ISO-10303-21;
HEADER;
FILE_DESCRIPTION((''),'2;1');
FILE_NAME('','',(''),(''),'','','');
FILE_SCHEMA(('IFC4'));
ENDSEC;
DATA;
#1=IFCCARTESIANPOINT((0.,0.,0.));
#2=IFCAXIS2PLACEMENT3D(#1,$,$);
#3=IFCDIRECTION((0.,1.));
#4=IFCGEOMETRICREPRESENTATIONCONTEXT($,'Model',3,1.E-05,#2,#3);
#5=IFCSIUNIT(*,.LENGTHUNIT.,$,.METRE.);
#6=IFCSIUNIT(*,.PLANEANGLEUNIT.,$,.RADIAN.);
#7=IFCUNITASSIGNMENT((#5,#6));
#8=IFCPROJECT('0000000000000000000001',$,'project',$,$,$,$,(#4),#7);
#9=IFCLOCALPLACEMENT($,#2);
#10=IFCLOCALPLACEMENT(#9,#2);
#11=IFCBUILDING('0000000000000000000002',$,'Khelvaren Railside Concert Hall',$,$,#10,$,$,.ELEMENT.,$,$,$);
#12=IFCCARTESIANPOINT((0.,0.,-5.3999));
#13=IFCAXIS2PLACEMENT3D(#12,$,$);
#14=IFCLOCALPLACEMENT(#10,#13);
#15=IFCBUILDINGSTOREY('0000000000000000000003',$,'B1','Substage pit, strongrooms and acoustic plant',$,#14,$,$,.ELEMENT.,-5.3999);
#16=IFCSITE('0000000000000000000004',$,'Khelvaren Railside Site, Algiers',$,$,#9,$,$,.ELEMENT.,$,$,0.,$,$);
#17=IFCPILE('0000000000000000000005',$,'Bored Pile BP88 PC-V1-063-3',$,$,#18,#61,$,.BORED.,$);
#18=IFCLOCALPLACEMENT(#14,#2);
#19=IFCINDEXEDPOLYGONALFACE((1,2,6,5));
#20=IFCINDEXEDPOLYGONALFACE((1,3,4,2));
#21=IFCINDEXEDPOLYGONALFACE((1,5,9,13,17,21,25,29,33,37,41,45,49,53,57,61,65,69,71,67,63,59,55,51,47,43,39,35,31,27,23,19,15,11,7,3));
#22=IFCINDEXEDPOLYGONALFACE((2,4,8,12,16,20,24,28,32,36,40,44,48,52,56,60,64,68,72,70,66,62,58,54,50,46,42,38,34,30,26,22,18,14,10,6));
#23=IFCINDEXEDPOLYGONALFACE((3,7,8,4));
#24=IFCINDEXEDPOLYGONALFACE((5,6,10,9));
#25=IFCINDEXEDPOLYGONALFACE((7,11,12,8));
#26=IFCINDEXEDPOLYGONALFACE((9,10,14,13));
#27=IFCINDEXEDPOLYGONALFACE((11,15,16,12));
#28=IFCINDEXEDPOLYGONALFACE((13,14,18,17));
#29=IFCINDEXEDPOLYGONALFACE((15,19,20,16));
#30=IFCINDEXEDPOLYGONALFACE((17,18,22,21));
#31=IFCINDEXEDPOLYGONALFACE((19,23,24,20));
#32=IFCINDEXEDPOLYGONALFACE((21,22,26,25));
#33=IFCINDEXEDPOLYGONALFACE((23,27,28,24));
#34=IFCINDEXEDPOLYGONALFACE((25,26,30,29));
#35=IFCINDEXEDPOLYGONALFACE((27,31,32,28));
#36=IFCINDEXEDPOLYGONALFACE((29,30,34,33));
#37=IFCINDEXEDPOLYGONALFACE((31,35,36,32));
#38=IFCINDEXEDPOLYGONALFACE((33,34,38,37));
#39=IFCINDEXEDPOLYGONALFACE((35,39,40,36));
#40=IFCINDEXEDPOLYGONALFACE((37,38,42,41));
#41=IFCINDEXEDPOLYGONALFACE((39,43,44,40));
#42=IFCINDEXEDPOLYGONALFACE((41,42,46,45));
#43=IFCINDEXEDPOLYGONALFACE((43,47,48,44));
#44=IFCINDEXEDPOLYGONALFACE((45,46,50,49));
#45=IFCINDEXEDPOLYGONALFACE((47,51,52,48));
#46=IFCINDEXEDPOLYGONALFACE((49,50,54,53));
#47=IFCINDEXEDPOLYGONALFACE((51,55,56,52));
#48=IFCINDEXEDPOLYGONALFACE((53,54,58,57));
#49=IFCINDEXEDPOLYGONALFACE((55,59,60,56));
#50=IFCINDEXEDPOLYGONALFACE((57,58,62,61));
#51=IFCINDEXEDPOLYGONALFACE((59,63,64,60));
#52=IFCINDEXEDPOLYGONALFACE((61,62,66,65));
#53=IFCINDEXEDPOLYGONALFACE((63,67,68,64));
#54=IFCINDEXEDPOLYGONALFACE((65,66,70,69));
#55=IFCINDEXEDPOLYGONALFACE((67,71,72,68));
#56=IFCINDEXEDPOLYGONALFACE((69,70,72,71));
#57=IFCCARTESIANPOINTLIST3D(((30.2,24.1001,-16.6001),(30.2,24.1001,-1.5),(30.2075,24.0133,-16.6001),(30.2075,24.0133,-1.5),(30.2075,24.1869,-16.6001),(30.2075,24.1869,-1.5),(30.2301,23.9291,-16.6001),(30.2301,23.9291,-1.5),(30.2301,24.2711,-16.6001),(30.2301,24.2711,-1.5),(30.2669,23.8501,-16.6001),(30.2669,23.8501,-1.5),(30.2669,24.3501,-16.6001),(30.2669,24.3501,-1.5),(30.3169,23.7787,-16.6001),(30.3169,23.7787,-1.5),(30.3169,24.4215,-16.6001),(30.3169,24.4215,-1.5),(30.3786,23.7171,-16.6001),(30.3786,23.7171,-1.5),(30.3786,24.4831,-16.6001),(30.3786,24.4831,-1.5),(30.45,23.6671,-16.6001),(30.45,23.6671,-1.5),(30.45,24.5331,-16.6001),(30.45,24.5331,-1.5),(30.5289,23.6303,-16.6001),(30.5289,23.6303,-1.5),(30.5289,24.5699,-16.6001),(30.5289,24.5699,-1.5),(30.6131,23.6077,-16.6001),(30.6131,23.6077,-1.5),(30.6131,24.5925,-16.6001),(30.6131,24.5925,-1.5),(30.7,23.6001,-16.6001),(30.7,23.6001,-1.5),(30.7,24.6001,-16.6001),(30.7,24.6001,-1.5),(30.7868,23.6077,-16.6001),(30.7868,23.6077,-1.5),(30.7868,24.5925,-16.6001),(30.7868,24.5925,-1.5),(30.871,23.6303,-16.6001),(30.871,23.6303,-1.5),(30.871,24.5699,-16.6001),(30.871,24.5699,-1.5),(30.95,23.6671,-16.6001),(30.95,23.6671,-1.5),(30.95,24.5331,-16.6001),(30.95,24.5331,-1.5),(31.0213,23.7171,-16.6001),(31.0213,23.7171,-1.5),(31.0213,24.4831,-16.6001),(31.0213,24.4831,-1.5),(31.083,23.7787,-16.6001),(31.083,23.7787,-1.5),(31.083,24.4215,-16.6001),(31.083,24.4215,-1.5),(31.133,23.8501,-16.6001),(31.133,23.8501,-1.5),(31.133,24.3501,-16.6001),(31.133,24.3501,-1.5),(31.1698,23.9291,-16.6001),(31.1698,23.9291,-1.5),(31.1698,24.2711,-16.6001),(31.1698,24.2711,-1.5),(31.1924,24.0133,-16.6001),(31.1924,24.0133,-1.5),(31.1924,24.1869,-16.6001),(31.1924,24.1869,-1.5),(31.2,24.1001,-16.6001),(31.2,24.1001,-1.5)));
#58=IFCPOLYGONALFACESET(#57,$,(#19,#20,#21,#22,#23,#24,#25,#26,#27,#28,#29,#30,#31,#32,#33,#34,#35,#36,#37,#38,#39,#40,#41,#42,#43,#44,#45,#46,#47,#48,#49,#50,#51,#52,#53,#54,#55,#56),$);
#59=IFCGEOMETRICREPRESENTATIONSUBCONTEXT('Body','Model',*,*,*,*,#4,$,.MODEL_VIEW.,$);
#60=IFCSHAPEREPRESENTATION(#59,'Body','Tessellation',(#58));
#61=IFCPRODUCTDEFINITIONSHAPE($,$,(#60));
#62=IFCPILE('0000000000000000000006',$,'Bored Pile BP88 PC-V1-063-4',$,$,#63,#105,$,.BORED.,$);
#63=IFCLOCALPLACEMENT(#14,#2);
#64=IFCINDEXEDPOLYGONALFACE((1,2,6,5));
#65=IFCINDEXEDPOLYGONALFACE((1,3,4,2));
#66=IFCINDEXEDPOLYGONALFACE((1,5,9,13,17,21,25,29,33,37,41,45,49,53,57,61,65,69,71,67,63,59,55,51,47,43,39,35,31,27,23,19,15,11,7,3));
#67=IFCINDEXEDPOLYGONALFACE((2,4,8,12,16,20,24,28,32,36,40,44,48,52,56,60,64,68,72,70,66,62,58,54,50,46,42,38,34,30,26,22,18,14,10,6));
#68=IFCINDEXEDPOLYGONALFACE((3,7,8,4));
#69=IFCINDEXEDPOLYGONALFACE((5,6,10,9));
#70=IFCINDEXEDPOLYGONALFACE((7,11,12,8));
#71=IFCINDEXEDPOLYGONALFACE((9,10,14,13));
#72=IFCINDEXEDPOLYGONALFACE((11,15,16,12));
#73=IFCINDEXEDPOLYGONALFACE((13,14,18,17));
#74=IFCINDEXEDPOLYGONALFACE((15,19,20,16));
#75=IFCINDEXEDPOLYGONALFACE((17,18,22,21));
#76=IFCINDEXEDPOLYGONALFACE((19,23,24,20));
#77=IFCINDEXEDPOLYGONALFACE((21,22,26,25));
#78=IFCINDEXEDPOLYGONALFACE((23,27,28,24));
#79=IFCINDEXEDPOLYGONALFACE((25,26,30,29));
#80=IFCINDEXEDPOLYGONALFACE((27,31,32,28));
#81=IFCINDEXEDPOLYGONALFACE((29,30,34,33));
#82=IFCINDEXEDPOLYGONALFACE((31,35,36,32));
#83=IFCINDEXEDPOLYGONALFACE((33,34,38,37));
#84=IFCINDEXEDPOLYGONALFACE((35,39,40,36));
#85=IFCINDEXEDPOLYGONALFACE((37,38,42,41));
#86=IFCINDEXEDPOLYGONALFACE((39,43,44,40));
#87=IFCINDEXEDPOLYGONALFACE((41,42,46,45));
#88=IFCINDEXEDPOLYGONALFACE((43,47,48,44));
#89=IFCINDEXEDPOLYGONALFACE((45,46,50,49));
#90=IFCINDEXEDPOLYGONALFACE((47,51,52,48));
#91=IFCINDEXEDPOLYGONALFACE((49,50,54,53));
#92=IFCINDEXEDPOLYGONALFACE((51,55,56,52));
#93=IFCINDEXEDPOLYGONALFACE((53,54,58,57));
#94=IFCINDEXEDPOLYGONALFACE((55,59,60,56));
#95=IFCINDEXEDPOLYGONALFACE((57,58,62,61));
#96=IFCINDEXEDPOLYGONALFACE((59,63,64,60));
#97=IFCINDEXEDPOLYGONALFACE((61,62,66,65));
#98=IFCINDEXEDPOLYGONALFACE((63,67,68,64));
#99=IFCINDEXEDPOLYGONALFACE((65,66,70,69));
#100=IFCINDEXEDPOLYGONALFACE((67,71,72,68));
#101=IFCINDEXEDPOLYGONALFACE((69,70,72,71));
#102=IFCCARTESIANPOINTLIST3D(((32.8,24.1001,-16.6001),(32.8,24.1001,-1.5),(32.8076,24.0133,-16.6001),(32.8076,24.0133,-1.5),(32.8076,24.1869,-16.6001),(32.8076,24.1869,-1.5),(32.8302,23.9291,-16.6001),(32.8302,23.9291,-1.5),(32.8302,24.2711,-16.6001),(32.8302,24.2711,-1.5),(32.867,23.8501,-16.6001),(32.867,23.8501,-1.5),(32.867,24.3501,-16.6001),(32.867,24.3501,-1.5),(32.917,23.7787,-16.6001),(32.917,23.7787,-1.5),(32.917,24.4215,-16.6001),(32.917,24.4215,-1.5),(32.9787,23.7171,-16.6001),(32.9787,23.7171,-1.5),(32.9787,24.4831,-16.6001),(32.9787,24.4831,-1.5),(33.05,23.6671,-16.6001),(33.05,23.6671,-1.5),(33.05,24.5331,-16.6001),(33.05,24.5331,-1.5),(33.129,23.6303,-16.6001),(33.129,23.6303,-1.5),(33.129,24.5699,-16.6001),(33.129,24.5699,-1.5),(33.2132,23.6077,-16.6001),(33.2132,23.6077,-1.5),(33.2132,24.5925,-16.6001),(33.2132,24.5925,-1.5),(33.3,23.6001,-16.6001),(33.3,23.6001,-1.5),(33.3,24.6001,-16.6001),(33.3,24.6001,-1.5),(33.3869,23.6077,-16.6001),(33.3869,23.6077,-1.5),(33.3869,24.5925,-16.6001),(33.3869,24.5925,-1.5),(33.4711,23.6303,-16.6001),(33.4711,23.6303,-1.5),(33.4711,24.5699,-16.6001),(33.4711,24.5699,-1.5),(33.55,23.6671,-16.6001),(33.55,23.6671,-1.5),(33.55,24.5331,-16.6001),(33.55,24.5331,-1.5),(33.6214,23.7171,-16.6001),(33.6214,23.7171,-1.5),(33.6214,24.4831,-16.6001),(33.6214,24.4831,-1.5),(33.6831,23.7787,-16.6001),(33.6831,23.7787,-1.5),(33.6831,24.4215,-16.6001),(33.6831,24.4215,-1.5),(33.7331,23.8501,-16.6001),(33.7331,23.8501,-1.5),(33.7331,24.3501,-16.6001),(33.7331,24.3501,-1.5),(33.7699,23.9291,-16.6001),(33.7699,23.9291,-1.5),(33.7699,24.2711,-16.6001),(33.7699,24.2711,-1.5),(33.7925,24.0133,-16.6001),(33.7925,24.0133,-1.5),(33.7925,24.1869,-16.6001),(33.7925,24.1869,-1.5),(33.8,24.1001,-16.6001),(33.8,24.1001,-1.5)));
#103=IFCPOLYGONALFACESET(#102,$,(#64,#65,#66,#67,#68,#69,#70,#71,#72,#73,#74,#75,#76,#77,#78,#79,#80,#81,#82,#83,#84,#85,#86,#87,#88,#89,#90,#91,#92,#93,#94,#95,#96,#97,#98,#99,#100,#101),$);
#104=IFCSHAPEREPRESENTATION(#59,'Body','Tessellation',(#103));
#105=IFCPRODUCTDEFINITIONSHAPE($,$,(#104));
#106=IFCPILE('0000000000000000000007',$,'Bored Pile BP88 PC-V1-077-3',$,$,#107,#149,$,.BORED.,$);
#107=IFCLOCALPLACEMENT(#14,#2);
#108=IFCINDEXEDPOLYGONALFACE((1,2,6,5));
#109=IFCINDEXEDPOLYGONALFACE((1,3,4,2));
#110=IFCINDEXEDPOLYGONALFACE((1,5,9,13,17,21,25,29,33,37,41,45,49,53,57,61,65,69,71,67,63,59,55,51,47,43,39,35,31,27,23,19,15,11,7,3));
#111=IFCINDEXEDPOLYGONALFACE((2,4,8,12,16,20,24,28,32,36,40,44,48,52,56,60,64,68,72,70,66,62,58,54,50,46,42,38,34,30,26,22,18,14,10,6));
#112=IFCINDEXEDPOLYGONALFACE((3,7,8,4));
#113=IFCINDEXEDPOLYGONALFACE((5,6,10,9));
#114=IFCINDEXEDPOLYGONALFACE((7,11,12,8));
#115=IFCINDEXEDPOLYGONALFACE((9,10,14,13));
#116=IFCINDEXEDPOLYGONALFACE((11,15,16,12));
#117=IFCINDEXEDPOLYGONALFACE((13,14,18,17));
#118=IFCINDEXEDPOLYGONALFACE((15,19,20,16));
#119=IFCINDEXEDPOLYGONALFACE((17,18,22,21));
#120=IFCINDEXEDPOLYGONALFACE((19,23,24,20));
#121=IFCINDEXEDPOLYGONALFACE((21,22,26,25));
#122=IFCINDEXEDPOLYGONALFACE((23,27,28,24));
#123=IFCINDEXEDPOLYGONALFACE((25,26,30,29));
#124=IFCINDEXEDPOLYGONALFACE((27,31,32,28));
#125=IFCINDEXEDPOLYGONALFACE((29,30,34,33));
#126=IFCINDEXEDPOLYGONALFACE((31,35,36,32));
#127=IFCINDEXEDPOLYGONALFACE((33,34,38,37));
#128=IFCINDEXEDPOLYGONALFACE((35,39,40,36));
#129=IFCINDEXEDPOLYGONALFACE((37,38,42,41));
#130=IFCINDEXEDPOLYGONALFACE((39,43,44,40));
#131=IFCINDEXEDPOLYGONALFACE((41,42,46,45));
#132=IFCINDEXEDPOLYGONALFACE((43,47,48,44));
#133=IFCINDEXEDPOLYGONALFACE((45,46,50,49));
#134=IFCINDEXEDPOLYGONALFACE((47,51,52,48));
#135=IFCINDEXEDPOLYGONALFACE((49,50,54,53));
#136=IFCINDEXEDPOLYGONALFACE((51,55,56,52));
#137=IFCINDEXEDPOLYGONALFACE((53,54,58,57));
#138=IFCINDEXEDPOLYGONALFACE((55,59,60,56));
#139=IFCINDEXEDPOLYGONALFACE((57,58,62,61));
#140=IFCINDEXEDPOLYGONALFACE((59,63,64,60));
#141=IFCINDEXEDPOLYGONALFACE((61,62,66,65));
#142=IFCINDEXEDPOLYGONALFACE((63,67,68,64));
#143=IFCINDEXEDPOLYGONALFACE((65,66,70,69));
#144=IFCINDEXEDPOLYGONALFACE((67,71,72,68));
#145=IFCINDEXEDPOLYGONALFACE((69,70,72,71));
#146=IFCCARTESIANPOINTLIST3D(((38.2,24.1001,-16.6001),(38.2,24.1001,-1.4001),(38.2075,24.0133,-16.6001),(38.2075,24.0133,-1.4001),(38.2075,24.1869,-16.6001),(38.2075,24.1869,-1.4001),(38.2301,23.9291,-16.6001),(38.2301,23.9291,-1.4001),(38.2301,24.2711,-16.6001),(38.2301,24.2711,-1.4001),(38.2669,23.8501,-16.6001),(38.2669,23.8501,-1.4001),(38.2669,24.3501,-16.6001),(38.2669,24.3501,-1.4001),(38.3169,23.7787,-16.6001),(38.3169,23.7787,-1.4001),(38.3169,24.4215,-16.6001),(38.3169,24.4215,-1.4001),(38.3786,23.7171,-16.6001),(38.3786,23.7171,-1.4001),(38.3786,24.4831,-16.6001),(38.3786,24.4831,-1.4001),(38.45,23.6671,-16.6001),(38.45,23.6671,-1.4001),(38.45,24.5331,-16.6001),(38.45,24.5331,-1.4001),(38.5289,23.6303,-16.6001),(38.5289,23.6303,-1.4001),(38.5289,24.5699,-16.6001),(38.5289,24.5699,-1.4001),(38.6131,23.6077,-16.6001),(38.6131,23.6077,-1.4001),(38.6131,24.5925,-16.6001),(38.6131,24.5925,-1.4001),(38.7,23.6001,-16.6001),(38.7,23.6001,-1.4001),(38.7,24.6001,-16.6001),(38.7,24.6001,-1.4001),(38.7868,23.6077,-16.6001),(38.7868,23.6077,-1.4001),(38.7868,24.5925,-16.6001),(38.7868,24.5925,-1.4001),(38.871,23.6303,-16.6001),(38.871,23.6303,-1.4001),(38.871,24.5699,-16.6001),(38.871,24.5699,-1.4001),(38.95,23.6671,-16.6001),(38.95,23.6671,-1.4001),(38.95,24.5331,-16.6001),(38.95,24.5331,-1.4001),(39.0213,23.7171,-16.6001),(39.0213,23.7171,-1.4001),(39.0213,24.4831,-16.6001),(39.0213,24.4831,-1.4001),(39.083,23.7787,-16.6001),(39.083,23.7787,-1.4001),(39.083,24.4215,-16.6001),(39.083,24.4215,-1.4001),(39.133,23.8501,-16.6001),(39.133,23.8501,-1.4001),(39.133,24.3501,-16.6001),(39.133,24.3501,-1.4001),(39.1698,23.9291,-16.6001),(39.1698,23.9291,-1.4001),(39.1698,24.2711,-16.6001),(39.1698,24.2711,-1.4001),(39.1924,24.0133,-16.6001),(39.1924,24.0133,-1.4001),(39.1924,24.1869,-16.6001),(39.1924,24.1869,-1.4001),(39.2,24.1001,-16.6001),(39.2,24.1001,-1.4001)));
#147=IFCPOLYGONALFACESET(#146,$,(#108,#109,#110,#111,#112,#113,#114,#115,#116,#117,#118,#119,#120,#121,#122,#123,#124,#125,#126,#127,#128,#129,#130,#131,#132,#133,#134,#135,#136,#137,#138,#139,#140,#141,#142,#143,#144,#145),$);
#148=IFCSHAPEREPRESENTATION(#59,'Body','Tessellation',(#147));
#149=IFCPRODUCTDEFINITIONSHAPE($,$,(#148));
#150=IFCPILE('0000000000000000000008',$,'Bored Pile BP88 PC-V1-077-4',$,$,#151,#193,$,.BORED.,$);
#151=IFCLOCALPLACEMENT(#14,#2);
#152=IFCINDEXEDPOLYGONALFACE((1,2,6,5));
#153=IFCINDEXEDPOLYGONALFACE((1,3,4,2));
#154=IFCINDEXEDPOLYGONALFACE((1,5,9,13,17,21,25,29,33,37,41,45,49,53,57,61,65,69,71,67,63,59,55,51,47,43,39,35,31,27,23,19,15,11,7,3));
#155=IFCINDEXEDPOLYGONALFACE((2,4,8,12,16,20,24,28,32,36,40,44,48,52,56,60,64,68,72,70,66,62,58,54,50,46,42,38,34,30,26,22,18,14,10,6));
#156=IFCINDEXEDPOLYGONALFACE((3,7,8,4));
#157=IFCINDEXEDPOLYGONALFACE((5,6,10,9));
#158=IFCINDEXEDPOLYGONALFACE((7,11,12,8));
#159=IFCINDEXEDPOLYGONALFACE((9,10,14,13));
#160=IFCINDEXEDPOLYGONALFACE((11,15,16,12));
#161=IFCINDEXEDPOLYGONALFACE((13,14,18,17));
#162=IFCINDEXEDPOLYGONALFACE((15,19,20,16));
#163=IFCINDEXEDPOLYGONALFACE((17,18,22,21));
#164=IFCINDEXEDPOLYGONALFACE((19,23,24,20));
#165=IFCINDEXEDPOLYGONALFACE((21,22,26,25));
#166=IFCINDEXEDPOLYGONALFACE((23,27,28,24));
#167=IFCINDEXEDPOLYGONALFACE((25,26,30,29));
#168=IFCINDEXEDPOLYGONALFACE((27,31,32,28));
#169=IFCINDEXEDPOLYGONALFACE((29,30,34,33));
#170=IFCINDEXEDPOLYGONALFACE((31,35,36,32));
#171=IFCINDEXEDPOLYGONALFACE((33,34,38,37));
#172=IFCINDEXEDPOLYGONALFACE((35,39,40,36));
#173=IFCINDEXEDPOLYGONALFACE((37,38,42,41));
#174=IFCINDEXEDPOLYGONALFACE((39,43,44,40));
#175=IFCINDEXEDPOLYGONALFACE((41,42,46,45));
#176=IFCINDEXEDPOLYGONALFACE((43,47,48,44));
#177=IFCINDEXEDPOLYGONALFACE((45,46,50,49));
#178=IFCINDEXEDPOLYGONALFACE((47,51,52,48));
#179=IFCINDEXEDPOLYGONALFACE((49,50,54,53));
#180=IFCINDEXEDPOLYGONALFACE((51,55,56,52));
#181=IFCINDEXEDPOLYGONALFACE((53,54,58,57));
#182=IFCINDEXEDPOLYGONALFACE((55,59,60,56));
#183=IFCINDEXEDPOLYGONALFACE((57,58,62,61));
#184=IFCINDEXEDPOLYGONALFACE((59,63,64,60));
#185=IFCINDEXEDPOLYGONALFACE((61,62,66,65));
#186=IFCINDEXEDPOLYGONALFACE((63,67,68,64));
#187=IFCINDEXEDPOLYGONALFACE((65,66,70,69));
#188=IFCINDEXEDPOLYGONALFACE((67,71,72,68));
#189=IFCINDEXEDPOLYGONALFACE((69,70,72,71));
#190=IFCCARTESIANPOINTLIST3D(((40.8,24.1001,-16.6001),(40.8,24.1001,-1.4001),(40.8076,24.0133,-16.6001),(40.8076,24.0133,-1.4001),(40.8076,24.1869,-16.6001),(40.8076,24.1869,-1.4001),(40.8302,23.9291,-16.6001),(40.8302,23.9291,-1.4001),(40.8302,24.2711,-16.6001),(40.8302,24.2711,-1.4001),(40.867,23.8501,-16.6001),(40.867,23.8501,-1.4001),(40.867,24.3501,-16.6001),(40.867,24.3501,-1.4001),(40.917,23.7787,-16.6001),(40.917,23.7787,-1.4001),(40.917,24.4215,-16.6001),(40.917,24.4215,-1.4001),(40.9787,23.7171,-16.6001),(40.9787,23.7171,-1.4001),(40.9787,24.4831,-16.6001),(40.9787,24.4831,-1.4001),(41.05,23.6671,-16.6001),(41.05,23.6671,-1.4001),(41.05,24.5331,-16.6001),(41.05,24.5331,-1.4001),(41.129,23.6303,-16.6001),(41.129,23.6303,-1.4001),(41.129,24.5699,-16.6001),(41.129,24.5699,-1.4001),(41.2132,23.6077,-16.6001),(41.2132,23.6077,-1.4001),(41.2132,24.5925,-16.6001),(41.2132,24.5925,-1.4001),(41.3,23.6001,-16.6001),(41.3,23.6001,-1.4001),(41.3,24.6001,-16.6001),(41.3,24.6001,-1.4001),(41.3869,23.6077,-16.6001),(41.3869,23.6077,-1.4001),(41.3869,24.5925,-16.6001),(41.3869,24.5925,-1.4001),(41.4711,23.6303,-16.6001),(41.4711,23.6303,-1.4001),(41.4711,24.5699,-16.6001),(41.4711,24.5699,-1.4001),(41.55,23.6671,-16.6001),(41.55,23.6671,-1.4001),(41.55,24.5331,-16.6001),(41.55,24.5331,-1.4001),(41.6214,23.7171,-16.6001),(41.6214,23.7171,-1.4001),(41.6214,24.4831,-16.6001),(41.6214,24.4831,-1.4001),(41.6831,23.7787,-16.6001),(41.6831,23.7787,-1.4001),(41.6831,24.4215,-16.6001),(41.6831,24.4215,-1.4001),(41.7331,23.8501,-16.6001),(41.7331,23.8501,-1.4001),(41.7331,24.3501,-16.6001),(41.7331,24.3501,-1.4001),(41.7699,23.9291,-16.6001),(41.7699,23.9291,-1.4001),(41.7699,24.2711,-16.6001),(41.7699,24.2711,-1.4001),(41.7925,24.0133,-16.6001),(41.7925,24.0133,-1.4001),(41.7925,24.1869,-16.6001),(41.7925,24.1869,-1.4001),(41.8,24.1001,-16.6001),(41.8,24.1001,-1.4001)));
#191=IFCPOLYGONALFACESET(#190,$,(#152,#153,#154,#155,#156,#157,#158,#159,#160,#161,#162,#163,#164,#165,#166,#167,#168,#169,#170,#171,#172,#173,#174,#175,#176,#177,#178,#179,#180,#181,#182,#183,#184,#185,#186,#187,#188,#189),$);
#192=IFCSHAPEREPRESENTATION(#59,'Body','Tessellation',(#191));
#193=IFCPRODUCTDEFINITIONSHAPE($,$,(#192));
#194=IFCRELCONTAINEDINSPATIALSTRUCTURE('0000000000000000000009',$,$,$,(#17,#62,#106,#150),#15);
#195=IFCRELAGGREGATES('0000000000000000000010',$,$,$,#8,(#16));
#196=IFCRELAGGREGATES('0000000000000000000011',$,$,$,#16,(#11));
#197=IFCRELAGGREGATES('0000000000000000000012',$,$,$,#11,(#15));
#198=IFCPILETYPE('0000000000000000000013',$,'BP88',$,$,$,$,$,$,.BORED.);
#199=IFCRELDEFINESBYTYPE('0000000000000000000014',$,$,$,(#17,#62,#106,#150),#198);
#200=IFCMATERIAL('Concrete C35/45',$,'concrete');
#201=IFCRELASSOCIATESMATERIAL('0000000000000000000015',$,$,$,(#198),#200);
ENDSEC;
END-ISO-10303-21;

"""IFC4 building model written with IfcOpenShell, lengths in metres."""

from ifc_helpers import new_model, si_unit, direction, frame, origin, origin_2d, place, context, subcontext, project, spatial, circle, extrude, material, material_profile, profile_set, type_object, element, save


model = new_model("IFC4")

# Units and contexts
model_context = context("Model", 3, precision=1e-05, world=origin(), true_north=direction((0.0, 1.0)))
body_context = subcontext(model_context, "Body", "Model", "MODEL_VIEW")
ifc_project = project(units=[si_unit("LENGTHUNIT", "METRE"), si_unit("PLANEANGLEUNIT", "RADIAN")], contexts=[model_context])

# Site, building, storey
site_placement = place(None, origin())
site = spatial("IfcSite", under=ifc_project, at=site_placement, Name="Khelvaren Railside Site, Algiers", CompositionType="ELEMENT", RefElevation=0.0)
building_placement = place(site_placement, origin())
building = spatial("IfcBuilding", under=site, at=building_placement, Name="Khelvaren Railside Concert Hall", CompositionType="ELEMENT")
storey_placement = place(building_placement, frame((0.0, 0.0, -5.3999)))
storey = spatial("IfcBuildingStorey", under=building, at=storey_placement, Name="B1", Description="Substage pit, strongrooms and acoustic plant", CompositionType="ELEMENT", Elevation=-5.3999)

# Piles
ifc_material_1 = material(Name="Concrete C35/45", Category="concrete")
ifc_material_profile_1 = material_profile(ifc_material_1, circle(Radius=0.5, at=origin_2d()), Name="BP D1000")
ifc_profile_set_1 = profile_set([ifc_material_profile_1], Name="Concrete C35/45")
pile_type_1 = type_object("IfcPileType", Name="BP88", PredefinedType="BORED", material=ifc_profile_set_1)
for number, where, z_axis, x_axis, name in (
    (1, (30.7, 24.1001, -1.5), (0.0, 0.0, -1.0), (1.0, 0.0, 0.0), "Bored Pile BP88 PC-V1-063-3"),
    (2, (33.3, 24.1001, -1.5), (0.0, 0.0, -1.0), (1.0, 0.0, 0.0), "Bored Pile BP88 PC-V1-063-4"),
):
    element("IfcPile", number, at=place(storey_placement, frame(where, z_axis=z_axis, x_axis=x_axis)), inside=storey, type_object=pile_type_1, Name=name, PredefinedType="BORED", context=body_context, shape_type="SweptSolid", body=[
        extrude(circle(Radius=0.5, at=origin_2d()), origin(), (0.0, 0.0, 1.0), 15.1001),
    ])
for number, where, z_axis, x_axis, name in (
    (3, (38.7, 24.1001, -1.4001), (0.0, 0.0, -1.0), (1.0, 0.0, 0.0), "Bored Pile BP88 PC-V1-077-3"),
    (4, (41.3, 24.1001, -1.4001), (0.0, 0.0, -1.0), (1.0, 0.0, 0.0), "Bored Pile BP88 PC-V1-077-4"),
):
    element("IfcPile", number, at=place(storey_placement, frame(where, z_axis=z_axis, x_axis=x_axis)), inside=storey, type_object=pile_type_1, Name=name, PredefinedType="BORED", context=body_context, shape_type="SweptSolid", body=[
        extrude(circle(Radius=0.5, at=origin_2d()), origin(), (0.0, 0.0, 1.0), 15.2),
    ])

save(model, "model.ifc")
